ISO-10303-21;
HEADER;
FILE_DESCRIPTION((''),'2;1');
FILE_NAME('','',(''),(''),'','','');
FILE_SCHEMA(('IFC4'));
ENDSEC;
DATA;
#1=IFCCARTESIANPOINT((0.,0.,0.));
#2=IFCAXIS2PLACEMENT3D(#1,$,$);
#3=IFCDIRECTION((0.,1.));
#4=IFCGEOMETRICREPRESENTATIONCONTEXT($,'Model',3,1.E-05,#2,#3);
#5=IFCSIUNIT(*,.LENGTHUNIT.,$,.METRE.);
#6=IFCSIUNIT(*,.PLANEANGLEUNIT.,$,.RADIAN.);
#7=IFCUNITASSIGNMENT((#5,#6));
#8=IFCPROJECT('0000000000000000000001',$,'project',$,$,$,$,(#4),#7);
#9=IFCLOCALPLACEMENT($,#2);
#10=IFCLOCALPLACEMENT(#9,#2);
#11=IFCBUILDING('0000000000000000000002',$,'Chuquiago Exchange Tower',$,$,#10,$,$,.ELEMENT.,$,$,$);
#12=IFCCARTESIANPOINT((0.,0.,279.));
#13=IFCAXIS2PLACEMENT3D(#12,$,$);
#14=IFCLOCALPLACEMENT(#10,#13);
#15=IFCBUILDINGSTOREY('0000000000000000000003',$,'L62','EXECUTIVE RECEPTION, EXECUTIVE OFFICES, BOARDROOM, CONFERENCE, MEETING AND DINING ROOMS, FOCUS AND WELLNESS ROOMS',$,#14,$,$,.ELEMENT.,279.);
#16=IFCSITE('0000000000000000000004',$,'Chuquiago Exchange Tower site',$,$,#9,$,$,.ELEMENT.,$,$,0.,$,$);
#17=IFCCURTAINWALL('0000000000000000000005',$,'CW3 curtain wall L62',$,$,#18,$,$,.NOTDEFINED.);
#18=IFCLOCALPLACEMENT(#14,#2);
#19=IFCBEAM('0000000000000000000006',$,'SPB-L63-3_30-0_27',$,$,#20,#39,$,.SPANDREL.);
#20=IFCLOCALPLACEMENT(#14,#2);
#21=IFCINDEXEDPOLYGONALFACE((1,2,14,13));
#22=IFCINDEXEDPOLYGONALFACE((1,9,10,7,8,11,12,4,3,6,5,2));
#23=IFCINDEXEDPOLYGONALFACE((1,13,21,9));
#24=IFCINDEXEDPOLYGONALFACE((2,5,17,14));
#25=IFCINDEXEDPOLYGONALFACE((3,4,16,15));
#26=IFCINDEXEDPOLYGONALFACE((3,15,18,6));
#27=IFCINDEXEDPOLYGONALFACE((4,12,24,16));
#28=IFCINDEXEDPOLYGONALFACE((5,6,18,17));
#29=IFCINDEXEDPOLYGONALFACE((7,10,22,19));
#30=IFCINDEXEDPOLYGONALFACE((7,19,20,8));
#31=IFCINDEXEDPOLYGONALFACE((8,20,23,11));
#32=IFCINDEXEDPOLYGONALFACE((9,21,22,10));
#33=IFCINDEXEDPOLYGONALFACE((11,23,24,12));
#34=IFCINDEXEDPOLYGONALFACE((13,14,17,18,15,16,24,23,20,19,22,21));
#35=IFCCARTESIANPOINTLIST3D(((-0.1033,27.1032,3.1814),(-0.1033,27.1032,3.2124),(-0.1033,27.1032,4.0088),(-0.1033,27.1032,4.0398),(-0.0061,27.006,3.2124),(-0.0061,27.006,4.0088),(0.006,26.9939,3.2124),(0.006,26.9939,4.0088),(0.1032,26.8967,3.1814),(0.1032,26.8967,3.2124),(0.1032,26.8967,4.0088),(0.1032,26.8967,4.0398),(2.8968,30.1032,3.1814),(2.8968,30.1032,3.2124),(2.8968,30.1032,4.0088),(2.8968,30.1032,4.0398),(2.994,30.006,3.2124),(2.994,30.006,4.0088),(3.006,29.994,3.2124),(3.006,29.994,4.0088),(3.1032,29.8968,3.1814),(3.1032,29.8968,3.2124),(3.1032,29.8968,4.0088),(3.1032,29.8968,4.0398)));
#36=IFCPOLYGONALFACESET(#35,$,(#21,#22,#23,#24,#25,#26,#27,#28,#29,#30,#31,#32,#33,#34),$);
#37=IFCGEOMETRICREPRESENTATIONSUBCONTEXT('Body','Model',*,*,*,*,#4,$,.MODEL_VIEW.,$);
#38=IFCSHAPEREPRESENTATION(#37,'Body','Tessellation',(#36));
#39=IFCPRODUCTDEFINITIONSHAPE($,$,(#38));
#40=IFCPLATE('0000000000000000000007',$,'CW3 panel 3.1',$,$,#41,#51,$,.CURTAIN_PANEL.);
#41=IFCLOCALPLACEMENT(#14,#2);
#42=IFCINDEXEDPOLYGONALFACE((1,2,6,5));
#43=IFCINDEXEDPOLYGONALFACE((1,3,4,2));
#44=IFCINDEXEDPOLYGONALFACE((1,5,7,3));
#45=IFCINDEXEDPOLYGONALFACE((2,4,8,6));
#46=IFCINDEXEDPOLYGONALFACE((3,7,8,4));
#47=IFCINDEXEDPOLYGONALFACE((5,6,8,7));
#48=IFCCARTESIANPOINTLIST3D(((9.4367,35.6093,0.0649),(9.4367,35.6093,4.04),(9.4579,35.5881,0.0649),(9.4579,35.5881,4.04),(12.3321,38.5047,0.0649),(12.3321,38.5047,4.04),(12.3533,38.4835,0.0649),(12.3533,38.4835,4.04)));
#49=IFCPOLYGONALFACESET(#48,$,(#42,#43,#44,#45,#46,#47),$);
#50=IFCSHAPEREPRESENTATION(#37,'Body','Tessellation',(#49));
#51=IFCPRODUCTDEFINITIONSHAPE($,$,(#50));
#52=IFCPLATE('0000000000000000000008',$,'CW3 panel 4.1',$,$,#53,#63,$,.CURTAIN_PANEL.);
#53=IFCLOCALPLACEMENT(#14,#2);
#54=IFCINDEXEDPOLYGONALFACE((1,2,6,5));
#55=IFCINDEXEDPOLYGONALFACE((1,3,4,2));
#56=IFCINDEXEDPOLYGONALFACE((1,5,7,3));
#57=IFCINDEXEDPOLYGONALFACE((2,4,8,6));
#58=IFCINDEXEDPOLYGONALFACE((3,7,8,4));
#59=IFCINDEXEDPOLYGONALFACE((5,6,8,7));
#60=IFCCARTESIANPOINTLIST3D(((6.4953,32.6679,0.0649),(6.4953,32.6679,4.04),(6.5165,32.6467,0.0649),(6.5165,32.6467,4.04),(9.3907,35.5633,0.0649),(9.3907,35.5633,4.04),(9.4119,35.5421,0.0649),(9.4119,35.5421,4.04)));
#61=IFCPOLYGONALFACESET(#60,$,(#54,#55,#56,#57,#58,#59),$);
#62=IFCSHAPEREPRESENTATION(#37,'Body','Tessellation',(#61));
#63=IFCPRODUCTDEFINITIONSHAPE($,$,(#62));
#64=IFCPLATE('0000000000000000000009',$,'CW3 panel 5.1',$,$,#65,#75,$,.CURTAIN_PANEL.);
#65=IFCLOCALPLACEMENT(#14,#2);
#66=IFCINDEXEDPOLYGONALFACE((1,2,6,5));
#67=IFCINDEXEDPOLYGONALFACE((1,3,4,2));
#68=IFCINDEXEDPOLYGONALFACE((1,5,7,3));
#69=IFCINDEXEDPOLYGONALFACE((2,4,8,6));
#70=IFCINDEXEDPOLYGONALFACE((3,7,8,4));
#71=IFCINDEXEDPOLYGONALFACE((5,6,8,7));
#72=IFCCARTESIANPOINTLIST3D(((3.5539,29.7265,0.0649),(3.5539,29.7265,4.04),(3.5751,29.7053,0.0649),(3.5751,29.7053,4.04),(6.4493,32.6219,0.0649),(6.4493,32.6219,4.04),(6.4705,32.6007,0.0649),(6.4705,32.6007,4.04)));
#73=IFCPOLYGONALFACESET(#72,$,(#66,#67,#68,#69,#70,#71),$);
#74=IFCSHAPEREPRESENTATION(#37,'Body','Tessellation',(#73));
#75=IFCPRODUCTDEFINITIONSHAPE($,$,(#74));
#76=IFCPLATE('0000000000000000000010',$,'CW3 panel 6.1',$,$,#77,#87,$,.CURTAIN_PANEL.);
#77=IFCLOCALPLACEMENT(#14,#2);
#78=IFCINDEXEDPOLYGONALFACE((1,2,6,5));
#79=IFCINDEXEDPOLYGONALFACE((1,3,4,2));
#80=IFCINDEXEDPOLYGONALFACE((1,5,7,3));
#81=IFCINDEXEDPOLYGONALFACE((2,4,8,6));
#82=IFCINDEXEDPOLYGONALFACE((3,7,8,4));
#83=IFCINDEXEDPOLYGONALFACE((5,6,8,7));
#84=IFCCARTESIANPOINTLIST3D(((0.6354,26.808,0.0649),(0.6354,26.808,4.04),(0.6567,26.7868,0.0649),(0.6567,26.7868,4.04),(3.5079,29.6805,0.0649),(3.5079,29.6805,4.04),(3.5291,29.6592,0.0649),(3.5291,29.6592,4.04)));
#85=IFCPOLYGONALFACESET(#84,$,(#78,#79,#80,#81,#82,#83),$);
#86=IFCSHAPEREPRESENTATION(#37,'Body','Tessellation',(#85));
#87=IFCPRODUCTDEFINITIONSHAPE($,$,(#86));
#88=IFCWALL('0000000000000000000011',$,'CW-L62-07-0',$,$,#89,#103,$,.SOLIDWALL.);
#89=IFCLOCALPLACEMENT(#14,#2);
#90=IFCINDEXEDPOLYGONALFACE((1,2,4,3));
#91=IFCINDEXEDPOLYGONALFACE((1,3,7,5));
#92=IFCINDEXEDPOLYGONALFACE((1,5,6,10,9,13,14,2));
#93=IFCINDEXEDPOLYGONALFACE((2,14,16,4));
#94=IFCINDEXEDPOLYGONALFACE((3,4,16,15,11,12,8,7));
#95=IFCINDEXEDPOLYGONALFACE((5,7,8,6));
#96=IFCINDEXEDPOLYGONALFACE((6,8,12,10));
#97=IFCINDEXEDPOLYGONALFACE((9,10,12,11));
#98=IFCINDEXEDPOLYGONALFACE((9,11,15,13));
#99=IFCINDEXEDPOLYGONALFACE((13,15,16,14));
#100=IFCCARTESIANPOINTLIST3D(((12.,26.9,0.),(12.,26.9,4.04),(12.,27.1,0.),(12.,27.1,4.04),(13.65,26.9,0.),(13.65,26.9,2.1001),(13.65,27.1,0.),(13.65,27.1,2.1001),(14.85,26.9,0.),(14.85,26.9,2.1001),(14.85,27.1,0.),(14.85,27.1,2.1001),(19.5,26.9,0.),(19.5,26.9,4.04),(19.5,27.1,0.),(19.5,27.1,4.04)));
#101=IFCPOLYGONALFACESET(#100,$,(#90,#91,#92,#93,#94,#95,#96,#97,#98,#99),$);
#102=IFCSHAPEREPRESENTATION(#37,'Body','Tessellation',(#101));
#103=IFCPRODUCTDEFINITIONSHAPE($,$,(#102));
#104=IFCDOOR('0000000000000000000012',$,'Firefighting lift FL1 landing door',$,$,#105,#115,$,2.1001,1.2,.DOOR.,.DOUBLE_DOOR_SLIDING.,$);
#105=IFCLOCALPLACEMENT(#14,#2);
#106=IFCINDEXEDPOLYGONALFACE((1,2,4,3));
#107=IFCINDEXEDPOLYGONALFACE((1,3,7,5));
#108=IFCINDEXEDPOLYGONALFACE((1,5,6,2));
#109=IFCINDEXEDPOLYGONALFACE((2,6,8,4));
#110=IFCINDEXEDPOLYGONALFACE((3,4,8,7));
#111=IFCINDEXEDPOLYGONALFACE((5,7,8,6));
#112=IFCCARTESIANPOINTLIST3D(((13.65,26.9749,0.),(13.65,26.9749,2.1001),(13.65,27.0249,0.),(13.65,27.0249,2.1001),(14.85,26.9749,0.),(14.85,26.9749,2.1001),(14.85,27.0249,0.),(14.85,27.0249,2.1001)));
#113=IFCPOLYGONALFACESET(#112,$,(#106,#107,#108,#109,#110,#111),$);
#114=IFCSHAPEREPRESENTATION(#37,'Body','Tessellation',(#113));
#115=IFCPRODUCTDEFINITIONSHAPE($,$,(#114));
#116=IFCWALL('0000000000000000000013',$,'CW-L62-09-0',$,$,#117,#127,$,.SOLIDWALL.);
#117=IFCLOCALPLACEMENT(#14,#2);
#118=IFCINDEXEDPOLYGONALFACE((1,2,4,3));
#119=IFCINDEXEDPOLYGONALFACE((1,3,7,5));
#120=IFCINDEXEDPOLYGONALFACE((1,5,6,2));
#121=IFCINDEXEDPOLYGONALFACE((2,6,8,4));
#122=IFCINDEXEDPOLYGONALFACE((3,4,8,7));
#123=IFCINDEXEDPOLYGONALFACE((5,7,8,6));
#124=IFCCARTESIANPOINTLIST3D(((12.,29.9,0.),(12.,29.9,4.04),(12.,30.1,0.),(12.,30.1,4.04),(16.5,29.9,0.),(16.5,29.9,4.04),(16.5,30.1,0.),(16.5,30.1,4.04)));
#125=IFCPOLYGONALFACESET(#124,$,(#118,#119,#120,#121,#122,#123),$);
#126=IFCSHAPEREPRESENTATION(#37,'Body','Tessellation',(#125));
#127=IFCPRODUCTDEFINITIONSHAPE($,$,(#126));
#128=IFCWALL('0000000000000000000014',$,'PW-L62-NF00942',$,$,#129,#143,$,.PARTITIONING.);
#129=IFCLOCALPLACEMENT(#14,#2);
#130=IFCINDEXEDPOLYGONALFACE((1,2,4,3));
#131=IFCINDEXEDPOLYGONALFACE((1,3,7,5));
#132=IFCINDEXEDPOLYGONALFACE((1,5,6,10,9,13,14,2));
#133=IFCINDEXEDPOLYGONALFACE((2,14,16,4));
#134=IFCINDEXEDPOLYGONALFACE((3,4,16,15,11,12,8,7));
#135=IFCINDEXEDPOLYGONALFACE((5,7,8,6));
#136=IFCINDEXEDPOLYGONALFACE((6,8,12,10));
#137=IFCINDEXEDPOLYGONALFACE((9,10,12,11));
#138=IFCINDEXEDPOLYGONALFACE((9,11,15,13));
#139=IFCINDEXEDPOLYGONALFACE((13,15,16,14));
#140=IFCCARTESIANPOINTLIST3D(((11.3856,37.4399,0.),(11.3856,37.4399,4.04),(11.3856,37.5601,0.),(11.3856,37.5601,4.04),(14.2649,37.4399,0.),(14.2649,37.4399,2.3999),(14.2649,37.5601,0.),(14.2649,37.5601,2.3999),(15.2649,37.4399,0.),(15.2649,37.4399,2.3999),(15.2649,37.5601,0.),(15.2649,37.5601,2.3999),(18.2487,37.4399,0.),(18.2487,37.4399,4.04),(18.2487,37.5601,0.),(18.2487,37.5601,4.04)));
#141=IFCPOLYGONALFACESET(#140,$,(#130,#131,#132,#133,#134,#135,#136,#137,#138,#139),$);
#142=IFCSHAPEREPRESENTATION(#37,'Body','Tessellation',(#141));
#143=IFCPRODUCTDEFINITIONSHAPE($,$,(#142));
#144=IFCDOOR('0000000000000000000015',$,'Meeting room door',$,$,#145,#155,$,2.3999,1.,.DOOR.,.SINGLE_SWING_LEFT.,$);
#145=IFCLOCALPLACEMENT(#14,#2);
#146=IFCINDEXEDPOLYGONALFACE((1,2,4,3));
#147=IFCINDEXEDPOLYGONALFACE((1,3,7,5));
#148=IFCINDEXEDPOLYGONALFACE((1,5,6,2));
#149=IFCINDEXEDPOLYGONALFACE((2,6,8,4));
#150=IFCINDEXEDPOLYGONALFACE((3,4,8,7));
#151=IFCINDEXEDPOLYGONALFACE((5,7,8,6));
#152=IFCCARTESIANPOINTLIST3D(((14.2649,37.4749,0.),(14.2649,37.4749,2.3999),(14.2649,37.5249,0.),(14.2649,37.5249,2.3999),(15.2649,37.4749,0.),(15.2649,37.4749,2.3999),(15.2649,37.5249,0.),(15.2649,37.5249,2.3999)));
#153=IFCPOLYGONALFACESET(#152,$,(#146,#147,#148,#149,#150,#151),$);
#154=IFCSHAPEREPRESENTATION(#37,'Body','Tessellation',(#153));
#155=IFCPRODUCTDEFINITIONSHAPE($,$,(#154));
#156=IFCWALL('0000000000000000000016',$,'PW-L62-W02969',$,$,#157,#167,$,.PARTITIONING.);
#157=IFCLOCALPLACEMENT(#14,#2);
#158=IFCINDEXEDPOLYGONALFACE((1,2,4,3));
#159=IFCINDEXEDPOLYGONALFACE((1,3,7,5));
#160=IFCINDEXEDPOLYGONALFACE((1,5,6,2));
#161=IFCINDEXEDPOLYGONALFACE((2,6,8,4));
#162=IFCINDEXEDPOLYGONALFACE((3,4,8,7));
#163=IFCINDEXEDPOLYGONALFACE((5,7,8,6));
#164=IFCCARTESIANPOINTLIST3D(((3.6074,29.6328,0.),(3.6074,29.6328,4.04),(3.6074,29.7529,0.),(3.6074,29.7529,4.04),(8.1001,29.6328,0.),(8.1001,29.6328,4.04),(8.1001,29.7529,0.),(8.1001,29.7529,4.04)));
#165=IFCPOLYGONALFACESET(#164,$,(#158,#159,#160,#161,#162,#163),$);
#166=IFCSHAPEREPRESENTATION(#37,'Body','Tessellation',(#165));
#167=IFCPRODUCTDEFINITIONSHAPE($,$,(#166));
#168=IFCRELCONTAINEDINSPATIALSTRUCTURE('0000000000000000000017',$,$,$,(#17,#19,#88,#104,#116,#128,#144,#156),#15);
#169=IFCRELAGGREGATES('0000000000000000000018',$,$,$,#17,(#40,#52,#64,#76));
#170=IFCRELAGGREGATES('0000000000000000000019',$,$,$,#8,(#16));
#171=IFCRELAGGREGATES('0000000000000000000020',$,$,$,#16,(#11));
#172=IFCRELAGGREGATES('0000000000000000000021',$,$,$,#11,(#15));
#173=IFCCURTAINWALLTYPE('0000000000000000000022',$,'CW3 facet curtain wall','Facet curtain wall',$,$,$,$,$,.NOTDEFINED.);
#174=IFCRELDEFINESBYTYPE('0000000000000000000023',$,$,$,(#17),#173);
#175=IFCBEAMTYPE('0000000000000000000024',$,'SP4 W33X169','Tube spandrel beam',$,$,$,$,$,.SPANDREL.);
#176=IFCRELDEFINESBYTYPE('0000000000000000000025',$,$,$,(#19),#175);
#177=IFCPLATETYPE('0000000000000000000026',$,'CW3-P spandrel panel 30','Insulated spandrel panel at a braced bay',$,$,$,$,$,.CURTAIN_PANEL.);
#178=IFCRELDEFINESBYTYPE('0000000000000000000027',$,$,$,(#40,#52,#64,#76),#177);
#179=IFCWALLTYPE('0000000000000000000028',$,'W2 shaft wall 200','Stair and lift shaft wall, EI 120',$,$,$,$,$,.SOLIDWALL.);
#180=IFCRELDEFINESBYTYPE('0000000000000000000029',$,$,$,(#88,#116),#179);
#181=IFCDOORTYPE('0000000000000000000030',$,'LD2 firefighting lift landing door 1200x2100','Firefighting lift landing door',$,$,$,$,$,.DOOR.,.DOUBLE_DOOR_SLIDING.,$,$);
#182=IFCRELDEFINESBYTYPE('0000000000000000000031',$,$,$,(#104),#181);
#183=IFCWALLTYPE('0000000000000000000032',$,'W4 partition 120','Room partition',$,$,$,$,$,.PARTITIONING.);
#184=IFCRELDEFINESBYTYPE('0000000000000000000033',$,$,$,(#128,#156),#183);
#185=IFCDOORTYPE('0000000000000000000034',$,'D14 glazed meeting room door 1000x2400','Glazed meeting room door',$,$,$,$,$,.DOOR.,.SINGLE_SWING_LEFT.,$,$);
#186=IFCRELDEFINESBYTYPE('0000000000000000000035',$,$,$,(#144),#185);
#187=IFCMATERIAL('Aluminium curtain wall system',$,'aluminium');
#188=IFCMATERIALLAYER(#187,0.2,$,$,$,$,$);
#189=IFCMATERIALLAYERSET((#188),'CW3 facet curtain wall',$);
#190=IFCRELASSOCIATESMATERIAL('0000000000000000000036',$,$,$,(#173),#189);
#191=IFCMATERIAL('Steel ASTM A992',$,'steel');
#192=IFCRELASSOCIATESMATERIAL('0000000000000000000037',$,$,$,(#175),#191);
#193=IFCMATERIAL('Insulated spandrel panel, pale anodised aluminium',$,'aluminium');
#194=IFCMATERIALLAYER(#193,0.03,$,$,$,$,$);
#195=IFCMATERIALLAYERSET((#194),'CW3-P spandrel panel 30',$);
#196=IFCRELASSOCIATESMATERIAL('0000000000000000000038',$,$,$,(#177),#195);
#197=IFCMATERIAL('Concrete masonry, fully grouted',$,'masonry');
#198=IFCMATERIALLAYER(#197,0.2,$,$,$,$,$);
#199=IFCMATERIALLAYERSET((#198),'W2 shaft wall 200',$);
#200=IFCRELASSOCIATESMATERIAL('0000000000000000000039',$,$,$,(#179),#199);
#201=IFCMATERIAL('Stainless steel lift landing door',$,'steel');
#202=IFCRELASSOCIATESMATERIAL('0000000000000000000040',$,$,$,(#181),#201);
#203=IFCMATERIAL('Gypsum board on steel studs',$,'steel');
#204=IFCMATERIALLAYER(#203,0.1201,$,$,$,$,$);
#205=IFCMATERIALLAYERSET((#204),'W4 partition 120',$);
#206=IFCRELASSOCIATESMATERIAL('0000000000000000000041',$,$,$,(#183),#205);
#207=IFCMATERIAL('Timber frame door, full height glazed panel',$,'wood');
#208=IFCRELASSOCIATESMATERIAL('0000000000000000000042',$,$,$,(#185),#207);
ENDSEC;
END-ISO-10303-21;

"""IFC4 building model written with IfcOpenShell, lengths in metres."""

from ifc_helpers import new_model, si_unit, direction, frame, frame_2d, origin, origin_2d, place, context, subcontext, project, spatial, rectangle, i_section, extrude, material, layer, layer_set, material_profile, profile_set, type_object, element, fill, aggregate, save


model = new_model("IFC4")

# Units and contexts
model_context = context("Model", 3, precision=1e-05, world=origin(), true_north=direction((0.0, 1.0)))
body_context = subcontext(model_context, "Body", "Model", "MODEL_VIEW")
ifc_project = project(units=[si_unit("LENGTHUNIT", "METRE"), si_unit("PLANEANGLEUNIT", "RADIAN")], contexts=[model_context])

# Site, building, storey
site_placement = place(None, origin())
site = spatial("IfcSite", under=ifc_project, at=site_placement, Name="Chuquiago Exchange Tower site", CompositionType="ELEMENT", RefElevation=0.0)
building_placement = place(site_placement, origin())
building = spatial("IfcBuilding", under=site, at=building_placement, Name="Chuquiago Exchange Tower", CompositionType="ELEMENT")
storey_placement = place(building_placement, frame((0.0, 0.0, 279.0)))
storey = spatial("IfcBuildingStorey", under=building, at=storey_placement, Name="L62", Description="EXECUTIVE RECEPTION, EXECUTIVE OFFICES, BOARDROOM, CONFERENCE, MEETING AND DINING ROOMS, FOCUS AND WELLNESS ROOMS", CompositionType="ELEMENT", Elevation=279.0)

# Curtain wall
ifc_material_1 = material(Name="Aluminium curtain wall system", Category="aluminium")
ifc_layer_1 = layer(ifc_material_1, 0.2)
ifc_layer_set_1 = layer_set([ifc_layer_1], Name="CW3 facet curtain wall")
curtain_wall_type = type_object("IfcCurtainWallType", Name="CW3 facet curtain wall", Description="Facet curtain wall", PredefinedType="NOTDEFINED", material=ifc_layer_set_1)
curtain_wall_placement = place(storey_placement, origin())
curtain_wall = element("IfcCurtainWall", 1, at=curtain_wall_placement, inside=storey, type_object=curtain_wall_type, Name="CW3 curtain wall L62", PredefinedType="NOTDEFINED")

# Beam
ifc_material_2 = material(Name="Steel ASTM A992", Category="steel")
ifc_material_profile_1 = material_profile(ifc_material_2, i_section(OverallWidth=0.292, OverallDepth=0.8584, WebThickness=0.0171, FlangeThickness=0.031, at=origin_2d()), Name="W33X169")
ifc_profile_set_1 = profile_set([ifc_material_profile_1], Name="Steel ASTM A992")
beam_type_1 = type_object("IfcBeamType", Name="SP4 W33X169", Description="Tube spandrel beam", PredefinedType="SPANDREL", material=ifc_profile_set_1)
for number, where, z_axis, x_axis, name in (
    (2, (3.0, 30.0, 3.6106), (-0.707107, -0.707107, 0.0), (0.707107, -0.707107, 0.0), "SPB-L63-3_30-0_27"),
):
    element("IfcBeam", number, at=place(storey_placement, frame(where, z_axis=z_axis, x_axis=x_axis)), inside=storey, type_object=beam_type_1, Name=name, PredefinedType="SPANDREL", context=body_context, shape_type="SweptSolid", body=[
        extrude(i_section(OverallWidth=0.292, OverallDepth=0.8584, WebThickness=0.0171, FlangeThickness=0.031, at=origin_2d()), origin(), (0.0, 0.0, 1.0), 4.2427),
    ])

# Plates
ifc_material_3 = material(Name="Insulated spandrel panel, pale anodised aluminium", Category="aluminium")
ifc_layer_2 = layer(ifc_material_3, 0.03)
ifc_layer_set_2 = layer_set([ifc_layer_2], Name="CW3-P spandrel panel 30")
plate_type = type_object("IfcPlateType", Name="CW3-P spandrel panel 30", Description="Insulated spandrel panel at a braced bay", PredefinedType="CURTAIN_PANEL", material=ifc_layer_set_2)
plate_1_placement = place(storey_placement, frame((10.895, 37.0464, 0.0649), z_axis=(0.0, 0.0, 1.0), x_axis=(-0.707107, -0.707107, 0.0)))
plate_1 = element("IfcPlate", 3, at=plate_1_placement, type_object=plate_type, Name="CW3 panel 3.1", PredefinedType="CURTAIN_PANEL", context=body_context, shape_type="SweptSolid", body=[
    extrude(rectangle(XDim=4.0947, YDim=0.03, at=origin_2d()), origin(), (0.0, 0.0, 1.0), 3.9751),
])
plate_2_placement = place(storey_placement, frame((7.9536, 34.105, 0.0649), z_axis=(0.0, 0.0, 1.0), x_axis=(-0.707107, -0.707107, 0.0)))
plate_2 = element("IfcPlate", 4, at=plate_2_placement, type_object=plate_type, Name="CW3 panel 4.1", PredefinedType="CURTAIN_PANEL", context=body_context, shape_type="SweptSolid", body=[
    extrude(rectangle(XDim=4.0947, YDim=0.03, at=origin_2d()), origin(), (0.0, 0.0, 1.0), 3.9751),
])
plate_3_placement = place(storey_placement, frame((5.0122, 31.1636, 0.0649), z_axis=(0.0, 0.0, 1.0), x_axis=(-0.707107, -0.707107, 0.0)))
plate_3 = element("IfcPlate", 5, at=plate_3_placement, type_object=plate_type, Name="CW3 panel 5.1", PredefinedType="CURTAIN_PANEL", context=body_context, shape_type="SweptSolid", body=[
    extrude(rectangle(XDim=4.0947, YDim=0.03, at=origin_2d()), origin(), (0.0, 0.0, 1.0), 3.9751),
])
plate_4_placement = place(storey_placement, frame((2.0823, 28.2336, 0.0649), z_axis=(0.0, 0.0, 1.0), x_axis=(-0.707107, -0.707107, 0.0)))
plate_4 = element("IfcPlate", 6, at=plate_4_placement, type_object=plate_type, Name="CW3 panel 6.1", PredefinedType="CURTAIN_PANEL", context=body_context, shape_type="SweptSolid", body=[
    extrude(rectangle(XDim=4.0623, YDim=0.03, at=origin_2d()), origin(), (0.0, 0.0, 1.0), 3.9751),
])
aggregate(curtain_wall, [plate_1, plate_2, plate_3, plate_4])

# Wall, opening, door
ifc_material_4 = material(Name="Concrete masonry, fully grouted", Category="masonry")
ifc_layer_3 = layer(ifc_material_4, 0.2)
ifc_layer_set_3 = layer_set([ifc_layer_3], Name="W2 shaft wall 200")
wall_type_1 = type_object("IfcWallType", Name="W2 shaft wall 200", Description="Stair and lift shaft wall, EI 120", PredefinedType="SOLIDWALL", material=ifc_layer_set_3)
wall_1_placement = place(storey_placement, frame((12.0, 27.0, 0.0), z_axis=(0.0, 0.0, 1.0), x_axis=(1.0, 0.0, 0.0)))
wall_1 = element("IfcWall", 7, at=wall_1_placement, inside=storey, type_object=wall_type_1, Name="CW-L62-07-0", PredefinedType="SOLIDWALL", context=body_context, shape_type="SweptSolid", body=[
    extrude(rectangle(XDim=7.5, YDim=0.2, at=frame_2d((3.75, 0.0))), origin(), (0.0, 0.0, 1.0), 4.04),
])
opening_1_placement = place(wall_1_placement, frame((1.6499, 0.0, 0.0)))
opening_1 = element("IfcOpeningElement", 8, at=opening_1_placement, cuts=wall_1, PredefinedType="OPENING", context=body_context, shape_type="SweptSolid", body=[
    extrude(rectangle(XDim=1.2, YDim=2.1001, at=frame_2d((0.6001, 1.05))), frame((0.0, 0.1099, 0.0), z_axis=(0.0, -1.0, 0.0), x_axis=(1.0, 0.0, 0.0)), (0.0, 0.0, 1.0), 0.22),
])
ifc_material_5 = material(Name="Stainless steel lift landing door", Category="steel")
door_type_1 = type_object("IfcDoorType", Name="LD2 firefighting lift landing door 1200x2100", Description="Firefighting lift landing door", OperationType="DOUBLE_DOOR_SLIDING", PredefinedType="DOOR", material=ifc_material_5)
door_1_placement = place(opening_1_placement, origin())
door_1 = element("IfcDoor", 9, at=door_1_placement, inside=storey, type_object=door_type_1, Name="Firefighting lift FL1 landing door", OperationType="DOUBLE_DOOR_SLIDING", OverallHeight=2.1001, OverallWidth=1.2, PredefinedType="DOOR", context=body_context, shape_type="SweptSolid", body=[
    extrude(rectangle(XDim=1.2, YDim=2.1001, at=frame_2d((0.6001, 1.05))), frame((0.0, 0.0249, 0.0), z_axis=(0.0, -1.0, 0.0), x_axis=(1.0, 0.0, 0.0)), (0.0, 0.0, 1.0), 0.05),
])
fill(opening_1, door_1)

# Wall
wall_2_placement = place(storey_placement, frame((12.0, 30.0, 0.0), z_axis=(0.0, 0.0, 1.0), x_axis=(1.0, 0.0, 0.0)))
element("IfcWall", 10, at=wall_2_placement, inside=storey, type_object=wall_type_1, Name="CW-L62-09-0", PredefinedType="SOLIDWALL", context=body_context, shape_type="SweptSolid", body=[
    extrude(rectangle(XDim=4.5, YDim=0.2, at=frame_2d((2.25, 0.0))), origin(), (0.0, 0.0, 1.0), 4.04),
])

# Wall, opening, door
ifc_material_6 = material(Name="Gypsum board on steel studs", Category="steel")
ifc_layer_4 = layer(ifc_material_6, 0.1201)
ifc_layer_set_4 = layer_set([ifc_layer_4], Name="W4 partition 120")
wall_type_2 = type_object("IfcWallType", Name="W4 partition 120", Description="Room partition", PredefinedType="PARTITIONING", material=ifc_layer_set_4)
wall_3_placement = place(storey_placement, frame((11.3855, 37.5, 0.0), z_axis=(0.0, 0.0, 1.0), x_axis=(1.0, 0.0, 0.0)))
wall_3 = element("IfcWall", 11, at=wall_3_placement, inside=storey, type_object=wall_type_2, Name="PW-L62-NF00942", PredefinedType="PARTITIONING", context=body_context, shape_type="SweptSolid", body=[
    extrude(rectangle(XDim=6.863, YDim=0.1201, at=frame_2d((3.4316, 0.0))), origin(), (0.0, 0.0, 1.0), 4.04),
])
opening_2_placement = place(wall_3_placement, frame((2.8794, 0.0, 0.0)))
opening_2 = element("IfcOpeningElement", 12, at=opening_2_placement, cuts=wall_3, PredefinedType="OPENING", context=body_context, shape_type="SweptSolid", body=[
    extrude(rectangle(XDim=1.0, YDim=2.3999, at=frame_2d((0.5, 1.2))), frame((0.0, 0.0701, 0.0), z_axis=(0.0, -1.0, 0.0), x_axis=(1.0, 0.0, 0.0)), (0.0, 0.0, 1.0), 0.1401),
])
ifc_material_7 = material(Name="Timber frame door, full height glazed panel", Category="wood")
door_type_2 = type_object("IfcDoorType", Name="D14 glazed meeting room door 1000x2400", Description="Glazed meeting room door", OperationType="SINGLE_SWING_LEFT", PredefinedType="DOOR", material=ifc_material_7)
door_2_placement = place(opening_2_placement, origin())
door_2 = element("IfcDoor", 13, at=door_2_placement, inside=storey, type_object=door_type_2, Name="Meeting room door", OperationType="SINGLE_SWING_LEFT", OverallHeight=2.3999, OverallWidth=1.0, PredefinedType="DOOR", context=body_context, shape_type="SweptSolid", body=[
    extrude(rectangle(XDim=1.0, YDim=2.3999, at=frame_2d((0.5, 1.2))), frame((0.0, 0.0249, 0.0), z_axis=(0.0, -1.0, 0.0), x_axis=(1.0, 0.0, 0.0)), (0.0, 0.0, 1.0), 0.05),
])
fill(opening_2, door_2)

# Wall
wall_4_placement = place(storey_placement, frame((3.6074, 29.6929, 0.0), z_axis=(0.0, 0.0, 1.0), x_axis=(1.0, 0.0, 0.0)))
element("IfcWall", 14, at=wall_4_placement, inside=storey, type_object=wall_type_2, Name="PW-L62-W02969", PredefinedType="PARTITIONING", context=body_context, shape_type="SweptSolid", body=[
    extrude(rectangle(XDim=4.4927, YDim=0.1201, at=frame_2d((2.2463, 0.0))), origin(), (0.0, 0.0, 1.0), 4.04),
])

save(model, "model.ifc")
